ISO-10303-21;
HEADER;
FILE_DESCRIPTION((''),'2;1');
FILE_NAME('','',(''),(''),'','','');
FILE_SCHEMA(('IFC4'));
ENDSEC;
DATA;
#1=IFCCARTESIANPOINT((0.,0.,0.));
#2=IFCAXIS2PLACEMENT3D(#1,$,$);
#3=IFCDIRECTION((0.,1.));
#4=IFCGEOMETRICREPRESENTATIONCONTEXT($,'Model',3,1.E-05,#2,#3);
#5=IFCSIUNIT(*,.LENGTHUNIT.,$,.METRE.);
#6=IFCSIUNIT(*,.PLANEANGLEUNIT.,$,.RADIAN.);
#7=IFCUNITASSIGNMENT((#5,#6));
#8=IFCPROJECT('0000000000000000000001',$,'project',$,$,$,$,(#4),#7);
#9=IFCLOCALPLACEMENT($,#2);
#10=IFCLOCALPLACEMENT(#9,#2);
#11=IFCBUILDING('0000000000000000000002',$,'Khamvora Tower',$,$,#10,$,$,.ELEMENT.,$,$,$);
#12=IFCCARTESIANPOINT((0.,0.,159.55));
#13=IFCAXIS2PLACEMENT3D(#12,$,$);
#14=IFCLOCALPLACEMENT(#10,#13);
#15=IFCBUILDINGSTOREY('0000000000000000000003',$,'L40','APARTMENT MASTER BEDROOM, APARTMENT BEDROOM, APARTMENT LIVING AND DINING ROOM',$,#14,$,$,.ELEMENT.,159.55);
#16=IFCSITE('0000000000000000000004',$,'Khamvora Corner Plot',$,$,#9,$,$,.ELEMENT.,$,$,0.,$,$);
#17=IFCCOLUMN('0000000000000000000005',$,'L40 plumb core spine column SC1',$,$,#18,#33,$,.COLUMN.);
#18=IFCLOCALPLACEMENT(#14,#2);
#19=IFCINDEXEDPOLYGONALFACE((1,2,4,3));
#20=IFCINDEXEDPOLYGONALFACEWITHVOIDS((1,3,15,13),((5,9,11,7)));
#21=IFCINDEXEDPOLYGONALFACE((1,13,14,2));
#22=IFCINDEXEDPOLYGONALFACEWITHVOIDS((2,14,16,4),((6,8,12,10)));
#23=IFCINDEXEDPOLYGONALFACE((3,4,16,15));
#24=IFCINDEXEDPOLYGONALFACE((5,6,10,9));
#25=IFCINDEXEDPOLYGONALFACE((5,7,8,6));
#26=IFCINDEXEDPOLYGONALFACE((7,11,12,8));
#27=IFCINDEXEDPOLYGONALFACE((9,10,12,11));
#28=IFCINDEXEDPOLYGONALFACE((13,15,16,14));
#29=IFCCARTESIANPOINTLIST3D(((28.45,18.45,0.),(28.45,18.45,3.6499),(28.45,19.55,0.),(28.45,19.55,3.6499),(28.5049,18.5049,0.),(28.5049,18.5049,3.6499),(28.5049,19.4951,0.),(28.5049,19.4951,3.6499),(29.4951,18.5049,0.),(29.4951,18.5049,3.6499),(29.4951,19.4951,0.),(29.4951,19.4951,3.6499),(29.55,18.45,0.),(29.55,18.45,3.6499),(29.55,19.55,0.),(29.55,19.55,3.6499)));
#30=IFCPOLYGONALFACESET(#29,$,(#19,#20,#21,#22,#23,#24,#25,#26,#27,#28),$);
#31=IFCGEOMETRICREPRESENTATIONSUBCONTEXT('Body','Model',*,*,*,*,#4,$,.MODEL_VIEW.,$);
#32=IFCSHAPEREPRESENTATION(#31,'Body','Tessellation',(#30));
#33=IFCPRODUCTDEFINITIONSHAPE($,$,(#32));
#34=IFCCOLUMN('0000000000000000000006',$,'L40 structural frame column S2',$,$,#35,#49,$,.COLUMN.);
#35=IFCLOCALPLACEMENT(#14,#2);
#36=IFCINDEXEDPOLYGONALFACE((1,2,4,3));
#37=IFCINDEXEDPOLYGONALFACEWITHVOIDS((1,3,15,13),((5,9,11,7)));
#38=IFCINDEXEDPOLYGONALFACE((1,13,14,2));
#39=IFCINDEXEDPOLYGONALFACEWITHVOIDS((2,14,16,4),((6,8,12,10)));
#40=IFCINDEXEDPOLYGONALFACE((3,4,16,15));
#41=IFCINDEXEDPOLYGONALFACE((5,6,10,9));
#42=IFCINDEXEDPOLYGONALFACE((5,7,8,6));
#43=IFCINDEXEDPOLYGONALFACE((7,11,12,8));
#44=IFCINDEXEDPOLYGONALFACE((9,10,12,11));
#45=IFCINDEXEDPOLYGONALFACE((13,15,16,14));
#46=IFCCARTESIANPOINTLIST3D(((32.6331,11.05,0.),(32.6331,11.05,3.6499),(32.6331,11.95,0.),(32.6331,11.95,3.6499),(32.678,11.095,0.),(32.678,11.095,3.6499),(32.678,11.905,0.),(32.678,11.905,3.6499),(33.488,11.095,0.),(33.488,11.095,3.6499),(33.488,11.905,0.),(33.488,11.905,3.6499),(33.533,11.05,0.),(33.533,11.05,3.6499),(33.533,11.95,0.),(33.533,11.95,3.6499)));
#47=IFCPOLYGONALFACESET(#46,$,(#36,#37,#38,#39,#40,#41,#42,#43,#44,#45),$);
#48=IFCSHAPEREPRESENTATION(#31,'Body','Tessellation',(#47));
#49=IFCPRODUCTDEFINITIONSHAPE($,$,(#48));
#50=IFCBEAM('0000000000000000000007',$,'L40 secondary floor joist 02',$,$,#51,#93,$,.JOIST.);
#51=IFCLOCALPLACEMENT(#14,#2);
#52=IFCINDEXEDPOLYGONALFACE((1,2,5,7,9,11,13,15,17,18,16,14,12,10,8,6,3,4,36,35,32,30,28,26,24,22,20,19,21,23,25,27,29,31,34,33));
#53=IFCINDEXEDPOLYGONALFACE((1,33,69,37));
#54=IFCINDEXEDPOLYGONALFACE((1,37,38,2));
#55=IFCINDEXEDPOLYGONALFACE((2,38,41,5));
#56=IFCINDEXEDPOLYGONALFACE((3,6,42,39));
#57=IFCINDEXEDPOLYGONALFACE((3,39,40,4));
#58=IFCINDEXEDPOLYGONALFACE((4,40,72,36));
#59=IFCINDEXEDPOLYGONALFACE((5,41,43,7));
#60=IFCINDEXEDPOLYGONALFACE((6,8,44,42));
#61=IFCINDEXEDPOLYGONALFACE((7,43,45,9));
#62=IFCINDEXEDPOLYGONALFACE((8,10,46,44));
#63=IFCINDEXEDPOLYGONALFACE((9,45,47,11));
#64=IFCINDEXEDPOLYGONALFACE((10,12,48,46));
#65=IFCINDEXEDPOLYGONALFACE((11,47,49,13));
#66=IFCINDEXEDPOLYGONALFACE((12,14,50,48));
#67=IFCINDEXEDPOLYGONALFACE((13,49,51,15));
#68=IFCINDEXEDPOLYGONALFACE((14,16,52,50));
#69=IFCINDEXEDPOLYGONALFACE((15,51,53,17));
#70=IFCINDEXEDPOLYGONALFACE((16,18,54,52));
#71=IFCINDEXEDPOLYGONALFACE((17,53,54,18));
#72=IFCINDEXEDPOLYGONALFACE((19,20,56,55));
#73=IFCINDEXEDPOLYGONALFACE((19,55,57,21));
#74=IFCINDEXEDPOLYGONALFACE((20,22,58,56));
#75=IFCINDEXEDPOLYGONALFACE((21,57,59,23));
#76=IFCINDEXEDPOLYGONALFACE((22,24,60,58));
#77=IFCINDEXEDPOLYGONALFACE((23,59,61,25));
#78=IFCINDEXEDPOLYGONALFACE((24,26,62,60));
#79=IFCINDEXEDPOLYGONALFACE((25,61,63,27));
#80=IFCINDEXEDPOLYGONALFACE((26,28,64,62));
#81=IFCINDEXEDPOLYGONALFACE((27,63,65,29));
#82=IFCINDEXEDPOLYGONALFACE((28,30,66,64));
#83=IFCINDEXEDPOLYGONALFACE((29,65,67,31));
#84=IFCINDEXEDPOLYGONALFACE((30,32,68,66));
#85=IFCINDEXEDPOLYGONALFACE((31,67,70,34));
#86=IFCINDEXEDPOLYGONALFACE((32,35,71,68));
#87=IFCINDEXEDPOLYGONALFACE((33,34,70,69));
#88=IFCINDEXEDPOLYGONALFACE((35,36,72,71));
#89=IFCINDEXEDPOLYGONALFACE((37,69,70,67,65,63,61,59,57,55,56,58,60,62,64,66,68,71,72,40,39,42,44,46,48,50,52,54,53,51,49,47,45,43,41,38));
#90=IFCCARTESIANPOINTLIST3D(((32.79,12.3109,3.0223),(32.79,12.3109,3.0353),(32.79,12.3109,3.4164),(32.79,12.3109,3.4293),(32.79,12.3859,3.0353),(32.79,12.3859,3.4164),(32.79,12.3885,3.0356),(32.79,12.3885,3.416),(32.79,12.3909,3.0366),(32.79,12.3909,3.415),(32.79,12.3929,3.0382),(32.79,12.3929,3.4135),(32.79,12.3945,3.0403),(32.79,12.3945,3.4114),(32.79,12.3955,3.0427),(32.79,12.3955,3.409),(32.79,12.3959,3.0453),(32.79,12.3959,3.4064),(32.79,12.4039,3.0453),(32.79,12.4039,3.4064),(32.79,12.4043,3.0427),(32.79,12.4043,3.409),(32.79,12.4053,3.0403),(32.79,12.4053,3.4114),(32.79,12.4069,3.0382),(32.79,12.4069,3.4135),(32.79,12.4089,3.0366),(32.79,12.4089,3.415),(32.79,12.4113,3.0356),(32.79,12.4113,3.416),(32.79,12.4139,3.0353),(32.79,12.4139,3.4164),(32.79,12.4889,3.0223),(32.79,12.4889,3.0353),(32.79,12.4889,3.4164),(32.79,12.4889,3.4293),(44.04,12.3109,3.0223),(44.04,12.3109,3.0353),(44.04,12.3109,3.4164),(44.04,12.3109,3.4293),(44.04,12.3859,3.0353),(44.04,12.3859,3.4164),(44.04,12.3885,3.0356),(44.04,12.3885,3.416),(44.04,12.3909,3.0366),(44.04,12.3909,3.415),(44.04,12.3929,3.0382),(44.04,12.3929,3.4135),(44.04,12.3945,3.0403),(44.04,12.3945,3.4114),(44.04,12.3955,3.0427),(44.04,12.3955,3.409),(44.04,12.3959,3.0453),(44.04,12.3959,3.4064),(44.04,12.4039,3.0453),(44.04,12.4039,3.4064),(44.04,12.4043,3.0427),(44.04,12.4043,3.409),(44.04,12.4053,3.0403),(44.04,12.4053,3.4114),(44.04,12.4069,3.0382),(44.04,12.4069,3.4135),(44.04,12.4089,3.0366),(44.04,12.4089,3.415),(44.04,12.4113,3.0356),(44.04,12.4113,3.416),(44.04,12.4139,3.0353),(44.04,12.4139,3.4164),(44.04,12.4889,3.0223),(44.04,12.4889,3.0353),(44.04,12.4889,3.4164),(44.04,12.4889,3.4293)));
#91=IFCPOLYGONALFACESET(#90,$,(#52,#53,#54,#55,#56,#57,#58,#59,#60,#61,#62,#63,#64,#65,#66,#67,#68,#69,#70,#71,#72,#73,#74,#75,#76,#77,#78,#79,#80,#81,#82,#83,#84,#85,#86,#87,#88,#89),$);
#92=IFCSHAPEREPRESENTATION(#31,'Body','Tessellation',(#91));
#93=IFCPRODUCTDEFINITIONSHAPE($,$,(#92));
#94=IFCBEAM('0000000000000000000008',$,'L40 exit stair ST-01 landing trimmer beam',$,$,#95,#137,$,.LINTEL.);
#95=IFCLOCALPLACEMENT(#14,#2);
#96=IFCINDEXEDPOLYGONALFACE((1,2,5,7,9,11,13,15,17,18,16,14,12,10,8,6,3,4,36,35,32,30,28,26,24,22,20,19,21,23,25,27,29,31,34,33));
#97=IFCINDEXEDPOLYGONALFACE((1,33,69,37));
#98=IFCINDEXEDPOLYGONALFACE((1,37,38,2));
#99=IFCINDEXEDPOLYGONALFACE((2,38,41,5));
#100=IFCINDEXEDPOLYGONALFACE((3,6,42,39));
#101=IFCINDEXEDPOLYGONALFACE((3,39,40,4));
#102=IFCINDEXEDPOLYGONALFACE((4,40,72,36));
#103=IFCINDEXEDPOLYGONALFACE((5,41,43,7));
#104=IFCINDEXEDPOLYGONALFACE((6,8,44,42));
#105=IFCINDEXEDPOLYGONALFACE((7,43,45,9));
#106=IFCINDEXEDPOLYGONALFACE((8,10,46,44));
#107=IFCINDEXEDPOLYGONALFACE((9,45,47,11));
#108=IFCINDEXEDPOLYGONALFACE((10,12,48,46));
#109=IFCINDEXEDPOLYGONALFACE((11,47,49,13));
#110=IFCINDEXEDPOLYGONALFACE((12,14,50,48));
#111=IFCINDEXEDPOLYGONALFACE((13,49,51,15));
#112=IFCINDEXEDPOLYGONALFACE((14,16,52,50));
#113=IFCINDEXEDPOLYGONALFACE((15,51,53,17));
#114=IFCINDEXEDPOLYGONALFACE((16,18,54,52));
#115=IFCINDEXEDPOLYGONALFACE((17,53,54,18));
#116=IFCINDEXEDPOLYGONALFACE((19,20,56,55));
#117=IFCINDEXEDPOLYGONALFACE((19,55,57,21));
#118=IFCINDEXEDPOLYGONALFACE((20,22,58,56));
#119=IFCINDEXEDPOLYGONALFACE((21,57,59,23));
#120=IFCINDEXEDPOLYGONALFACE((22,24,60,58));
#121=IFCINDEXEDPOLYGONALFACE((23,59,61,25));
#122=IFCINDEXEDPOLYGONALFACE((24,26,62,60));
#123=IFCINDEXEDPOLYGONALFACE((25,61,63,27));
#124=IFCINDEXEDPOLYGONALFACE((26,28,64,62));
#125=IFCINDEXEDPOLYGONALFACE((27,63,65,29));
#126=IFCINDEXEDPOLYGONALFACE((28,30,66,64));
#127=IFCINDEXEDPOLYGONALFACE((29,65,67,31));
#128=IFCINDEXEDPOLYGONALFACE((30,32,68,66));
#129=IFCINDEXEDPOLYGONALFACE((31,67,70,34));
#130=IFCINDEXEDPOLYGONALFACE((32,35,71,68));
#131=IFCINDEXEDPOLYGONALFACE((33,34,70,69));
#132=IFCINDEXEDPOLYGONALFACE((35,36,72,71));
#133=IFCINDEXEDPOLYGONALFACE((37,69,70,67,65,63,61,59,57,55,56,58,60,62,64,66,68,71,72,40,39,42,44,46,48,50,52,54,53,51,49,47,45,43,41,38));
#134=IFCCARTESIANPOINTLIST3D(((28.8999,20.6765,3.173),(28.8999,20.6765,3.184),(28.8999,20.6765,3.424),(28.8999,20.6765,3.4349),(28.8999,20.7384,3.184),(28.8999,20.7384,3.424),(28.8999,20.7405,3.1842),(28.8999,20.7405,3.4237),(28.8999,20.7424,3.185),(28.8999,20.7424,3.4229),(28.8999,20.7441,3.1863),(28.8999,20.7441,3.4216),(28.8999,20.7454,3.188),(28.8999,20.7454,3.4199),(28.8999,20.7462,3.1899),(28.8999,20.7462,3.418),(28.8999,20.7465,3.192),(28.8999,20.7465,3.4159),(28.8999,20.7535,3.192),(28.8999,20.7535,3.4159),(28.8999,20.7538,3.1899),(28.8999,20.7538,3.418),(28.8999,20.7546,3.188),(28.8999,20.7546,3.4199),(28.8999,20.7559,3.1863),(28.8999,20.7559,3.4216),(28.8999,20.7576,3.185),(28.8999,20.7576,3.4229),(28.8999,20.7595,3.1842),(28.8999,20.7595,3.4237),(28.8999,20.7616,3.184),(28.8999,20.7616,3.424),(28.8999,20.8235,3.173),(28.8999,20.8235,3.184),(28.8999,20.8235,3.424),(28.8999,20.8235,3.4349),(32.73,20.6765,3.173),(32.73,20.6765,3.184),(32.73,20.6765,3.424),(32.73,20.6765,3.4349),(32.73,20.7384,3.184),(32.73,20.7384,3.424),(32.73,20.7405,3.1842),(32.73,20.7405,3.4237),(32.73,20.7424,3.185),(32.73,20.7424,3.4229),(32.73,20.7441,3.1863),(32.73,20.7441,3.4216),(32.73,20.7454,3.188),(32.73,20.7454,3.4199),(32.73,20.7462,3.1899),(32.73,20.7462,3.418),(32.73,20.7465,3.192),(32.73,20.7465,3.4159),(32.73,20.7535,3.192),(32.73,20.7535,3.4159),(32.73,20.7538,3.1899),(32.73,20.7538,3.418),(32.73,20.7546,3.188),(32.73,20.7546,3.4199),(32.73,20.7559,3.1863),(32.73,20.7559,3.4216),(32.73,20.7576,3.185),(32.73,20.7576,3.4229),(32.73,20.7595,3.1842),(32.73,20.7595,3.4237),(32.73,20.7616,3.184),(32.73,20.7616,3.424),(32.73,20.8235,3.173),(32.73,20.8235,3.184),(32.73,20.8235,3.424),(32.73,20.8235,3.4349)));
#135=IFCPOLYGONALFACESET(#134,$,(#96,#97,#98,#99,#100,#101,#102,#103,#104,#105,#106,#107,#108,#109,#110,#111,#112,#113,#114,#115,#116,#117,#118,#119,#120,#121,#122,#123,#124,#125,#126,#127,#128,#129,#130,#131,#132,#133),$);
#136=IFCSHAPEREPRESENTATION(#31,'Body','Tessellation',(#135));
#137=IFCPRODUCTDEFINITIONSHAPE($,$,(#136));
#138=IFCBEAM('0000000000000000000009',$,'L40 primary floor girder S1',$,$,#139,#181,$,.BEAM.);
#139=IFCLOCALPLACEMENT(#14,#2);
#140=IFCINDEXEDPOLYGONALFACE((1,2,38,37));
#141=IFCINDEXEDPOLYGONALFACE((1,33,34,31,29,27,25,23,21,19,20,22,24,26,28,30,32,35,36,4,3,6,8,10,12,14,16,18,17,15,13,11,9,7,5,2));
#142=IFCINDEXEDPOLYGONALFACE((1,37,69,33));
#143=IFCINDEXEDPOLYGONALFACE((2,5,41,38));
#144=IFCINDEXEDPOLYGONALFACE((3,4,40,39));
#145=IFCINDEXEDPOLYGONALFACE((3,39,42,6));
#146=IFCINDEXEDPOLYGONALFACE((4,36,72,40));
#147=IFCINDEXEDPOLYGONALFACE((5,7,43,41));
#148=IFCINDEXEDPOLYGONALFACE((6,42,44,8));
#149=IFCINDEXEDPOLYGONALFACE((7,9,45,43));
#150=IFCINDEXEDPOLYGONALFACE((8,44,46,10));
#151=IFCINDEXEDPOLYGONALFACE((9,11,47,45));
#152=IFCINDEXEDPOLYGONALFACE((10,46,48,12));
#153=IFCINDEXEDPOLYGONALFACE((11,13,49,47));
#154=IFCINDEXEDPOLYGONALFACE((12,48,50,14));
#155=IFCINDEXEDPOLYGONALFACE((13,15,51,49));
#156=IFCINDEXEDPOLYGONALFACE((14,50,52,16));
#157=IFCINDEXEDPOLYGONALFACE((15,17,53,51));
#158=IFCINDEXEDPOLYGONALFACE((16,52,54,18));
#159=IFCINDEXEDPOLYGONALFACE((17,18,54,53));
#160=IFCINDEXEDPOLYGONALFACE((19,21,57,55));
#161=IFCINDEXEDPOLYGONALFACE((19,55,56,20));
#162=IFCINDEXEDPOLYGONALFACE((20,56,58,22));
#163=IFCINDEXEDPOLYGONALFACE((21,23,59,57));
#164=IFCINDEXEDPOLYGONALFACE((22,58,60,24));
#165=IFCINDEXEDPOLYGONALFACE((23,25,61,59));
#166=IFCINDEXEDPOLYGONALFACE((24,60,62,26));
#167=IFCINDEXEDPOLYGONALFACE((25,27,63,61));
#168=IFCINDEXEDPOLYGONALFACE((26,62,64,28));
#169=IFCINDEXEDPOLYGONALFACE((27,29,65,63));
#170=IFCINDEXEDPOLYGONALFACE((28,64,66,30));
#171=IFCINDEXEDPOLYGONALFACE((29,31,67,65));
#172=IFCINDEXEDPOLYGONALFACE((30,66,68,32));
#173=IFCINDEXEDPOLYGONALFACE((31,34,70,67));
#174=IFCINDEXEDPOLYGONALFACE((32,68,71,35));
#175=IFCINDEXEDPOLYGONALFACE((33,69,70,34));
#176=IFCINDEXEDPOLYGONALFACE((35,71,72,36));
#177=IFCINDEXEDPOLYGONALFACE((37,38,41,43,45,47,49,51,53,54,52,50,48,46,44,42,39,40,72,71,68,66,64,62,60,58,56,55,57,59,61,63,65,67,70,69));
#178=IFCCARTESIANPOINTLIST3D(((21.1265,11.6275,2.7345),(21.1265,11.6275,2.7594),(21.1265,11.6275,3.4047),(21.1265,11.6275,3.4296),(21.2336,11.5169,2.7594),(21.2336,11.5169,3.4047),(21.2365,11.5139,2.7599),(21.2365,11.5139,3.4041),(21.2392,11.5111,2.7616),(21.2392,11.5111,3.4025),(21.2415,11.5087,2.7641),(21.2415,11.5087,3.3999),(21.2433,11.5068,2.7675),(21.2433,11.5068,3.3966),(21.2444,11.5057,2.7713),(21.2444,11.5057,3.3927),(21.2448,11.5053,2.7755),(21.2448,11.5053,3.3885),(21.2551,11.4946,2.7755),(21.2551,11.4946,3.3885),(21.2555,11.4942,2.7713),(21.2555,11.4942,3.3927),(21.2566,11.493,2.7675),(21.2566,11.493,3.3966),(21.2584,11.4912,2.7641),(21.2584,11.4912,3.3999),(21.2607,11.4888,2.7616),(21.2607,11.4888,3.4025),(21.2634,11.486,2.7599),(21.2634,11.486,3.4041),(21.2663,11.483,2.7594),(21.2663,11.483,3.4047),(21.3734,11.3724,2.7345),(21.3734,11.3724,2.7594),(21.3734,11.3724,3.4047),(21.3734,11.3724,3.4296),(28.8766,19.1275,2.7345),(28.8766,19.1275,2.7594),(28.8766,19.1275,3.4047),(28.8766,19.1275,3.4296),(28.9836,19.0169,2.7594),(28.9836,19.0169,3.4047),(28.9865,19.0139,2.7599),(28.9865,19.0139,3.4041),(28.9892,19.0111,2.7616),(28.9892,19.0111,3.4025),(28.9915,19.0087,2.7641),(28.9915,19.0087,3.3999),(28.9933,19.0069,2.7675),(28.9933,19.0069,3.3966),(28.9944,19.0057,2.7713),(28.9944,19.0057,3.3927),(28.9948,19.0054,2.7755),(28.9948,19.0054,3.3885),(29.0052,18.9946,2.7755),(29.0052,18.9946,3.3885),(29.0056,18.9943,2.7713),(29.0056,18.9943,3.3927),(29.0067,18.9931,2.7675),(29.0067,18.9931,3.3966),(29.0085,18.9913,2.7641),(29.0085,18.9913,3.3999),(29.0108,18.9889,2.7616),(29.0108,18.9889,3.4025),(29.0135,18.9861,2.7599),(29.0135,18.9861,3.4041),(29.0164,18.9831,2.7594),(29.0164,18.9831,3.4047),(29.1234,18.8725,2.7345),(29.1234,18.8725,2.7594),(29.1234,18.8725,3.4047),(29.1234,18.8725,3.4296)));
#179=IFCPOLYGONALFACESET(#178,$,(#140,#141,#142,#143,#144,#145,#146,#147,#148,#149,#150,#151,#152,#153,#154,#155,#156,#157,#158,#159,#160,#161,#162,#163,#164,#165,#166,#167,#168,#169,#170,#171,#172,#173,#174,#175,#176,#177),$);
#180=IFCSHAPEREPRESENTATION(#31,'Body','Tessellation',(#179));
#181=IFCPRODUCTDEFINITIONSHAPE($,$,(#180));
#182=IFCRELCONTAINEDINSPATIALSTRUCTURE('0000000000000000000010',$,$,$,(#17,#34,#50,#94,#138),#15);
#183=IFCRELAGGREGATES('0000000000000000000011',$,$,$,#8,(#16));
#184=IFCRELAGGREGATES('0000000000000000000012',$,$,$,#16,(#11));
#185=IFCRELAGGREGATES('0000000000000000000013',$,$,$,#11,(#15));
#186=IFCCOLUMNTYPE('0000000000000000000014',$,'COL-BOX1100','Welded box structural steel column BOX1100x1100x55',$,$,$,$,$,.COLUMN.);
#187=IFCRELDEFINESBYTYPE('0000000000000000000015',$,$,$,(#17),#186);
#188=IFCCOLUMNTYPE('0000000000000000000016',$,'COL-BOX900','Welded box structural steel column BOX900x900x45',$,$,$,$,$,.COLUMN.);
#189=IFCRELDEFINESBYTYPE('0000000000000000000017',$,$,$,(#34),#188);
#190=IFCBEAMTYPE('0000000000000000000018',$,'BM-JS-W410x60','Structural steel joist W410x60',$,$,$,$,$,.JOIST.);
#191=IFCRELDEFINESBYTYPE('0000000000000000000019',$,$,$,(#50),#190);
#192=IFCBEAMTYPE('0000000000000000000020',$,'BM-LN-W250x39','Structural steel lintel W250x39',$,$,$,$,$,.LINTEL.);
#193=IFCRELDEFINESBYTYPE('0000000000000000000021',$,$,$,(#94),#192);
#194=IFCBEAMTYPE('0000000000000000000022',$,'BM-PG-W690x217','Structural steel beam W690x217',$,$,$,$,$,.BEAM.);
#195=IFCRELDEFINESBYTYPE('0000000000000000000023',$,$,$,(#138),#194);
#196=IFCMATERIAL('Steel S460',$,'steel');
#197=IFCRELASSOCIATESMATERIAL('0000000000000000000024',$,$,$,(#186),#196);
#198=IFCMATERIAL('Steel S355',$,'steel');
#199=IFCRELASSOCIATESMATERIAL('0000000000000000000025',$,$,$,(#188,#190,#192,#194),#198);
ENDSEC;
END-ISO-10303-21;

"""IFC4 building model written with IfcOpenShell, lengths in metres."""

from ifc_helpers import new_model, si_unit, direction, frame, origin, origin_2d, place, context, subcontext, project, spatial, hollow_rectangle, i_section, extrude, material, material_profile, profile_set, type_object, element, save


model = new_model("IFC4")

# Units and contexts
model_context = context("Model", 3, precision=1e-05, world=origin(), true_north=direction((0.0, 1.0)))
body_context = subcontext(model_context, "Body", "Model", "MODEL_VIEW")
ifc_project = project(units=[si_unit("LENGTHUNIT", "METRE"), si_unit("PLANEANGLEUNIT", "RADIAN")], contexts=[model_context])

# Site, building, storey
site_placement = place(None, origin())
site = spatial("IfcSite", under=ifc_project, at=site_placement, Name="Khamvora Corner Plot", CompositionType="ELEMENT", RefElevation=0.0)
building_placement = place(site_placement, origin())
building = spatial("IfcBuilding", under=site, at=building_placement, Name="Khamvora Tower", CompositionType="ELEMENT")
storey_placement = place(building_placement, frame((0.0, 0.0, 159.55)))
storey = spatial("IfcBuildingStorey", under=building, at=storey_placement, Name="L40", Description="APARTMENT MASTER BEDROOM, APARTMENT BEDROOM, APARTMENT LIVING AND DINING ROOM", CompositionType="ELEMENT", Elevation=159.55)

# Columns
ifc_material_1 = material(Name="Steel S460", Category="steel")
ifc_material_profile_1 = material_profile(ifc_material_1, hollow_rectangle(XDim=1.1001, YDim=1.1001, WallThickness=0.0549, at=origin_2d()), Name="BOX1100x1100x55")
ifc_profile_set_1 = profile_set([ifc_material_profile_1], Name="Steel S460")
column_type_1 = type_object("IfcColumnType", Name="COL-BOX1100", Description="Welded box structural steel column BOX1100x1100x55", PredefinedType="COLUMN", material=ifc_profile_set_1)
column_1_placement = place(storey_placement, frame((29.0, 19.0, 0.0), z_axis=(0.0, 0.0, 1.0), x_axis=(1.0, 0.0, 0.0)))
element("IfcColumn", 1, at=column_1_placement, inside=storey, type_object=column_type_1, Name="L40 plumb core spine column SC1", PredefinedType="COLUMN", context=body_context, shape_type="SweptSolid", body=[
    extrude(hollow_rectangle(XDim=1.1001, YDim=1.1001, WallThickness=0.0549, at=origin_2d()), origin(), (0.0, 0.0, 1.0), 3.6499),
])
ifc_material_2 = material(Name="Steel S355", Category="steel")
ifc_material_profile_2 = material_profile(ifc_material_2, hollow_rectangle(XDim=0.8999, YDim=0.8999, WallThickness=0.0449, at=origin_2d()), Name="BOX900x900x45")
ifc_profile_set_2 = profile_set([ifc_material_profile_2], Name="Steel S355")
column_type_2 = type_object("IfcColumnType", Name="COL-BOX900", Description="Welded box structural steel column BOX900x900x45", PredefinedType="COLUMN", material=ifc_profile_set_2)
column_2_placement = place(storey_placement, frame((33.083, 11.5, 0.0), z_axis=(0.0, 0.0, 1.0), x_axis=(1.0, 0.0, 0.0)))
element("IfcColumn", 2, at=column_2_placement, inside=storey, type_object=column_type_2, Name="L40 structural frame column S2", PredefinedType="COLUMN", context=body_context, shape_type="SweptSolid", body=[
    extrude(hollow_rectangle(XDim=0.8999, YDim=0.8999, WallThickness=0.0449, at=origin_2d()), origin(), (0.0, 0.0, 1.0), 3.6499),
])

# Beams
ifc_material_profile_3 = material_profile(ifc_material_2, i_section(OverallWidth=0.178, OverallDepth=0.407, WebThickness=0.0081, FlangeThickness=0.0129, FilletRadius=0.01, at=origin_2d()), Name="W410x60")
ifc_profile_set_3 = profile_set([ifc_material_profile_3], Name="Steel S355")
beam_type_1 = type_object("IfcBeamType", Name="BM-JS-W410x60", Description="Structural steel joist W410x60", PredefinedType="JOIST", material=ifc_profile_set_3)
beam_1_placement = place(storey_placement, frame((32.79, 12.3999, 3.2258), z_axis=(1.0, 0.0, 0.0), x_axis=(0.0, 1.0, 0.0)))
element("IfcBeam", 3, at=beam_1_placement, inside=storey, type_object=beam_type_1, Name="L40 secondary floor joist 02", PredefinedType="JOIST", context=body_context, shape_type="SweptSolid", body=[
    extrude(i_section(OverallWidth=0.178, OverallDepth=0.407, WebThickness=0.0081, FlangeThickness=0.0129, FilletRadius=0.01, at=origin_2d()), origin(), (0.0, 0.0, 1.0), 11.25),
])
ifc_material_profile_4 = material_profile(ifc_material_2, i_section(OverallWidth=0.147, OverallDepth=0.262, WebThickness=0.0071, FlangeThickness=0.011, FilletRadius=0.0081, at=origin_2d()), Name="W250x39")
ifc_profile_set_4 = profile_set([ifc_material_profile_4], Name="Steel S355")
beam_type_2 = type_object("IfcBeamType", Name="BM-LN-W250x39", Description="Structural steel lintel W250x39", PredefinedType="LINTEL", material=ifc_profile_set_4)
beam_2_placement = place(storey_placement, frame((28.8999, 20.75, 3.304), z_axis=(1.0, 0.0, 0.0), x_axis=(0.0, 1.0, 0.0)))
element("IfcBeam", 4, at=beam_2_placement, inside=storey, type_object=beam_type_2, Name="L40 exit stair ST-01 landing trimmer beam", PredefinedType="LINTEL", context=body_context, shape_type="SweptSolid", body=[
    extrude(i_section(OverallWidth=0.147, OverallDepth=0.262, WebThickness=0.0071, FlangeThickness=0.011, FilletRadius=0.0081, at=origin_2d()), origin(), (0.0, 0.0, 1.0), 3.8301),
])
ifc_material_profile_5 = material_profile(ifc_material_2, i_section(OverallWidth=0.355, OverallDepth=0.6951, WebThickness=0.0149, FlangeThickness=0.0249, FilletRadius=0.0161, at=origin_2d()), Name="W690x217")
ifc_profile_set_5 = profile_set([ifc_material_profile_5], Name="Steel S355")
beam_type_3 = type_object("IfcBeamType", Name="BM-PG-W690x217", Description="Structural steel beam W690x217", PredefinedType="BEAM", material=ifc_profile_set_5)
beam_3_placement = place(storey_placement, frame((29.0, 19.0, 3.082), z_axis=(-0.718602, -0.695421, 0.0), x_axis=(0.695421, -0.718602, 0.0)))
element("IfcBeam", 5, at=beam_3_placement, inside=storey, type_object=beam_type_3, Name="L40 primary floor girder S1", PredefinedType="BEAM", context=body_context, shape_type="SweptSolid", body=[
    extrude(i_section(OverallWidth=0.355, OverallDepth=0.6951, WebThickness=0.0149, FlangeThickness=0.0249, FilletRadius=0.0161, at=origin_2d()), origin(), (0.0, 0.0, 1.0), 10.7849),
])

save(model, "model.ifc")
